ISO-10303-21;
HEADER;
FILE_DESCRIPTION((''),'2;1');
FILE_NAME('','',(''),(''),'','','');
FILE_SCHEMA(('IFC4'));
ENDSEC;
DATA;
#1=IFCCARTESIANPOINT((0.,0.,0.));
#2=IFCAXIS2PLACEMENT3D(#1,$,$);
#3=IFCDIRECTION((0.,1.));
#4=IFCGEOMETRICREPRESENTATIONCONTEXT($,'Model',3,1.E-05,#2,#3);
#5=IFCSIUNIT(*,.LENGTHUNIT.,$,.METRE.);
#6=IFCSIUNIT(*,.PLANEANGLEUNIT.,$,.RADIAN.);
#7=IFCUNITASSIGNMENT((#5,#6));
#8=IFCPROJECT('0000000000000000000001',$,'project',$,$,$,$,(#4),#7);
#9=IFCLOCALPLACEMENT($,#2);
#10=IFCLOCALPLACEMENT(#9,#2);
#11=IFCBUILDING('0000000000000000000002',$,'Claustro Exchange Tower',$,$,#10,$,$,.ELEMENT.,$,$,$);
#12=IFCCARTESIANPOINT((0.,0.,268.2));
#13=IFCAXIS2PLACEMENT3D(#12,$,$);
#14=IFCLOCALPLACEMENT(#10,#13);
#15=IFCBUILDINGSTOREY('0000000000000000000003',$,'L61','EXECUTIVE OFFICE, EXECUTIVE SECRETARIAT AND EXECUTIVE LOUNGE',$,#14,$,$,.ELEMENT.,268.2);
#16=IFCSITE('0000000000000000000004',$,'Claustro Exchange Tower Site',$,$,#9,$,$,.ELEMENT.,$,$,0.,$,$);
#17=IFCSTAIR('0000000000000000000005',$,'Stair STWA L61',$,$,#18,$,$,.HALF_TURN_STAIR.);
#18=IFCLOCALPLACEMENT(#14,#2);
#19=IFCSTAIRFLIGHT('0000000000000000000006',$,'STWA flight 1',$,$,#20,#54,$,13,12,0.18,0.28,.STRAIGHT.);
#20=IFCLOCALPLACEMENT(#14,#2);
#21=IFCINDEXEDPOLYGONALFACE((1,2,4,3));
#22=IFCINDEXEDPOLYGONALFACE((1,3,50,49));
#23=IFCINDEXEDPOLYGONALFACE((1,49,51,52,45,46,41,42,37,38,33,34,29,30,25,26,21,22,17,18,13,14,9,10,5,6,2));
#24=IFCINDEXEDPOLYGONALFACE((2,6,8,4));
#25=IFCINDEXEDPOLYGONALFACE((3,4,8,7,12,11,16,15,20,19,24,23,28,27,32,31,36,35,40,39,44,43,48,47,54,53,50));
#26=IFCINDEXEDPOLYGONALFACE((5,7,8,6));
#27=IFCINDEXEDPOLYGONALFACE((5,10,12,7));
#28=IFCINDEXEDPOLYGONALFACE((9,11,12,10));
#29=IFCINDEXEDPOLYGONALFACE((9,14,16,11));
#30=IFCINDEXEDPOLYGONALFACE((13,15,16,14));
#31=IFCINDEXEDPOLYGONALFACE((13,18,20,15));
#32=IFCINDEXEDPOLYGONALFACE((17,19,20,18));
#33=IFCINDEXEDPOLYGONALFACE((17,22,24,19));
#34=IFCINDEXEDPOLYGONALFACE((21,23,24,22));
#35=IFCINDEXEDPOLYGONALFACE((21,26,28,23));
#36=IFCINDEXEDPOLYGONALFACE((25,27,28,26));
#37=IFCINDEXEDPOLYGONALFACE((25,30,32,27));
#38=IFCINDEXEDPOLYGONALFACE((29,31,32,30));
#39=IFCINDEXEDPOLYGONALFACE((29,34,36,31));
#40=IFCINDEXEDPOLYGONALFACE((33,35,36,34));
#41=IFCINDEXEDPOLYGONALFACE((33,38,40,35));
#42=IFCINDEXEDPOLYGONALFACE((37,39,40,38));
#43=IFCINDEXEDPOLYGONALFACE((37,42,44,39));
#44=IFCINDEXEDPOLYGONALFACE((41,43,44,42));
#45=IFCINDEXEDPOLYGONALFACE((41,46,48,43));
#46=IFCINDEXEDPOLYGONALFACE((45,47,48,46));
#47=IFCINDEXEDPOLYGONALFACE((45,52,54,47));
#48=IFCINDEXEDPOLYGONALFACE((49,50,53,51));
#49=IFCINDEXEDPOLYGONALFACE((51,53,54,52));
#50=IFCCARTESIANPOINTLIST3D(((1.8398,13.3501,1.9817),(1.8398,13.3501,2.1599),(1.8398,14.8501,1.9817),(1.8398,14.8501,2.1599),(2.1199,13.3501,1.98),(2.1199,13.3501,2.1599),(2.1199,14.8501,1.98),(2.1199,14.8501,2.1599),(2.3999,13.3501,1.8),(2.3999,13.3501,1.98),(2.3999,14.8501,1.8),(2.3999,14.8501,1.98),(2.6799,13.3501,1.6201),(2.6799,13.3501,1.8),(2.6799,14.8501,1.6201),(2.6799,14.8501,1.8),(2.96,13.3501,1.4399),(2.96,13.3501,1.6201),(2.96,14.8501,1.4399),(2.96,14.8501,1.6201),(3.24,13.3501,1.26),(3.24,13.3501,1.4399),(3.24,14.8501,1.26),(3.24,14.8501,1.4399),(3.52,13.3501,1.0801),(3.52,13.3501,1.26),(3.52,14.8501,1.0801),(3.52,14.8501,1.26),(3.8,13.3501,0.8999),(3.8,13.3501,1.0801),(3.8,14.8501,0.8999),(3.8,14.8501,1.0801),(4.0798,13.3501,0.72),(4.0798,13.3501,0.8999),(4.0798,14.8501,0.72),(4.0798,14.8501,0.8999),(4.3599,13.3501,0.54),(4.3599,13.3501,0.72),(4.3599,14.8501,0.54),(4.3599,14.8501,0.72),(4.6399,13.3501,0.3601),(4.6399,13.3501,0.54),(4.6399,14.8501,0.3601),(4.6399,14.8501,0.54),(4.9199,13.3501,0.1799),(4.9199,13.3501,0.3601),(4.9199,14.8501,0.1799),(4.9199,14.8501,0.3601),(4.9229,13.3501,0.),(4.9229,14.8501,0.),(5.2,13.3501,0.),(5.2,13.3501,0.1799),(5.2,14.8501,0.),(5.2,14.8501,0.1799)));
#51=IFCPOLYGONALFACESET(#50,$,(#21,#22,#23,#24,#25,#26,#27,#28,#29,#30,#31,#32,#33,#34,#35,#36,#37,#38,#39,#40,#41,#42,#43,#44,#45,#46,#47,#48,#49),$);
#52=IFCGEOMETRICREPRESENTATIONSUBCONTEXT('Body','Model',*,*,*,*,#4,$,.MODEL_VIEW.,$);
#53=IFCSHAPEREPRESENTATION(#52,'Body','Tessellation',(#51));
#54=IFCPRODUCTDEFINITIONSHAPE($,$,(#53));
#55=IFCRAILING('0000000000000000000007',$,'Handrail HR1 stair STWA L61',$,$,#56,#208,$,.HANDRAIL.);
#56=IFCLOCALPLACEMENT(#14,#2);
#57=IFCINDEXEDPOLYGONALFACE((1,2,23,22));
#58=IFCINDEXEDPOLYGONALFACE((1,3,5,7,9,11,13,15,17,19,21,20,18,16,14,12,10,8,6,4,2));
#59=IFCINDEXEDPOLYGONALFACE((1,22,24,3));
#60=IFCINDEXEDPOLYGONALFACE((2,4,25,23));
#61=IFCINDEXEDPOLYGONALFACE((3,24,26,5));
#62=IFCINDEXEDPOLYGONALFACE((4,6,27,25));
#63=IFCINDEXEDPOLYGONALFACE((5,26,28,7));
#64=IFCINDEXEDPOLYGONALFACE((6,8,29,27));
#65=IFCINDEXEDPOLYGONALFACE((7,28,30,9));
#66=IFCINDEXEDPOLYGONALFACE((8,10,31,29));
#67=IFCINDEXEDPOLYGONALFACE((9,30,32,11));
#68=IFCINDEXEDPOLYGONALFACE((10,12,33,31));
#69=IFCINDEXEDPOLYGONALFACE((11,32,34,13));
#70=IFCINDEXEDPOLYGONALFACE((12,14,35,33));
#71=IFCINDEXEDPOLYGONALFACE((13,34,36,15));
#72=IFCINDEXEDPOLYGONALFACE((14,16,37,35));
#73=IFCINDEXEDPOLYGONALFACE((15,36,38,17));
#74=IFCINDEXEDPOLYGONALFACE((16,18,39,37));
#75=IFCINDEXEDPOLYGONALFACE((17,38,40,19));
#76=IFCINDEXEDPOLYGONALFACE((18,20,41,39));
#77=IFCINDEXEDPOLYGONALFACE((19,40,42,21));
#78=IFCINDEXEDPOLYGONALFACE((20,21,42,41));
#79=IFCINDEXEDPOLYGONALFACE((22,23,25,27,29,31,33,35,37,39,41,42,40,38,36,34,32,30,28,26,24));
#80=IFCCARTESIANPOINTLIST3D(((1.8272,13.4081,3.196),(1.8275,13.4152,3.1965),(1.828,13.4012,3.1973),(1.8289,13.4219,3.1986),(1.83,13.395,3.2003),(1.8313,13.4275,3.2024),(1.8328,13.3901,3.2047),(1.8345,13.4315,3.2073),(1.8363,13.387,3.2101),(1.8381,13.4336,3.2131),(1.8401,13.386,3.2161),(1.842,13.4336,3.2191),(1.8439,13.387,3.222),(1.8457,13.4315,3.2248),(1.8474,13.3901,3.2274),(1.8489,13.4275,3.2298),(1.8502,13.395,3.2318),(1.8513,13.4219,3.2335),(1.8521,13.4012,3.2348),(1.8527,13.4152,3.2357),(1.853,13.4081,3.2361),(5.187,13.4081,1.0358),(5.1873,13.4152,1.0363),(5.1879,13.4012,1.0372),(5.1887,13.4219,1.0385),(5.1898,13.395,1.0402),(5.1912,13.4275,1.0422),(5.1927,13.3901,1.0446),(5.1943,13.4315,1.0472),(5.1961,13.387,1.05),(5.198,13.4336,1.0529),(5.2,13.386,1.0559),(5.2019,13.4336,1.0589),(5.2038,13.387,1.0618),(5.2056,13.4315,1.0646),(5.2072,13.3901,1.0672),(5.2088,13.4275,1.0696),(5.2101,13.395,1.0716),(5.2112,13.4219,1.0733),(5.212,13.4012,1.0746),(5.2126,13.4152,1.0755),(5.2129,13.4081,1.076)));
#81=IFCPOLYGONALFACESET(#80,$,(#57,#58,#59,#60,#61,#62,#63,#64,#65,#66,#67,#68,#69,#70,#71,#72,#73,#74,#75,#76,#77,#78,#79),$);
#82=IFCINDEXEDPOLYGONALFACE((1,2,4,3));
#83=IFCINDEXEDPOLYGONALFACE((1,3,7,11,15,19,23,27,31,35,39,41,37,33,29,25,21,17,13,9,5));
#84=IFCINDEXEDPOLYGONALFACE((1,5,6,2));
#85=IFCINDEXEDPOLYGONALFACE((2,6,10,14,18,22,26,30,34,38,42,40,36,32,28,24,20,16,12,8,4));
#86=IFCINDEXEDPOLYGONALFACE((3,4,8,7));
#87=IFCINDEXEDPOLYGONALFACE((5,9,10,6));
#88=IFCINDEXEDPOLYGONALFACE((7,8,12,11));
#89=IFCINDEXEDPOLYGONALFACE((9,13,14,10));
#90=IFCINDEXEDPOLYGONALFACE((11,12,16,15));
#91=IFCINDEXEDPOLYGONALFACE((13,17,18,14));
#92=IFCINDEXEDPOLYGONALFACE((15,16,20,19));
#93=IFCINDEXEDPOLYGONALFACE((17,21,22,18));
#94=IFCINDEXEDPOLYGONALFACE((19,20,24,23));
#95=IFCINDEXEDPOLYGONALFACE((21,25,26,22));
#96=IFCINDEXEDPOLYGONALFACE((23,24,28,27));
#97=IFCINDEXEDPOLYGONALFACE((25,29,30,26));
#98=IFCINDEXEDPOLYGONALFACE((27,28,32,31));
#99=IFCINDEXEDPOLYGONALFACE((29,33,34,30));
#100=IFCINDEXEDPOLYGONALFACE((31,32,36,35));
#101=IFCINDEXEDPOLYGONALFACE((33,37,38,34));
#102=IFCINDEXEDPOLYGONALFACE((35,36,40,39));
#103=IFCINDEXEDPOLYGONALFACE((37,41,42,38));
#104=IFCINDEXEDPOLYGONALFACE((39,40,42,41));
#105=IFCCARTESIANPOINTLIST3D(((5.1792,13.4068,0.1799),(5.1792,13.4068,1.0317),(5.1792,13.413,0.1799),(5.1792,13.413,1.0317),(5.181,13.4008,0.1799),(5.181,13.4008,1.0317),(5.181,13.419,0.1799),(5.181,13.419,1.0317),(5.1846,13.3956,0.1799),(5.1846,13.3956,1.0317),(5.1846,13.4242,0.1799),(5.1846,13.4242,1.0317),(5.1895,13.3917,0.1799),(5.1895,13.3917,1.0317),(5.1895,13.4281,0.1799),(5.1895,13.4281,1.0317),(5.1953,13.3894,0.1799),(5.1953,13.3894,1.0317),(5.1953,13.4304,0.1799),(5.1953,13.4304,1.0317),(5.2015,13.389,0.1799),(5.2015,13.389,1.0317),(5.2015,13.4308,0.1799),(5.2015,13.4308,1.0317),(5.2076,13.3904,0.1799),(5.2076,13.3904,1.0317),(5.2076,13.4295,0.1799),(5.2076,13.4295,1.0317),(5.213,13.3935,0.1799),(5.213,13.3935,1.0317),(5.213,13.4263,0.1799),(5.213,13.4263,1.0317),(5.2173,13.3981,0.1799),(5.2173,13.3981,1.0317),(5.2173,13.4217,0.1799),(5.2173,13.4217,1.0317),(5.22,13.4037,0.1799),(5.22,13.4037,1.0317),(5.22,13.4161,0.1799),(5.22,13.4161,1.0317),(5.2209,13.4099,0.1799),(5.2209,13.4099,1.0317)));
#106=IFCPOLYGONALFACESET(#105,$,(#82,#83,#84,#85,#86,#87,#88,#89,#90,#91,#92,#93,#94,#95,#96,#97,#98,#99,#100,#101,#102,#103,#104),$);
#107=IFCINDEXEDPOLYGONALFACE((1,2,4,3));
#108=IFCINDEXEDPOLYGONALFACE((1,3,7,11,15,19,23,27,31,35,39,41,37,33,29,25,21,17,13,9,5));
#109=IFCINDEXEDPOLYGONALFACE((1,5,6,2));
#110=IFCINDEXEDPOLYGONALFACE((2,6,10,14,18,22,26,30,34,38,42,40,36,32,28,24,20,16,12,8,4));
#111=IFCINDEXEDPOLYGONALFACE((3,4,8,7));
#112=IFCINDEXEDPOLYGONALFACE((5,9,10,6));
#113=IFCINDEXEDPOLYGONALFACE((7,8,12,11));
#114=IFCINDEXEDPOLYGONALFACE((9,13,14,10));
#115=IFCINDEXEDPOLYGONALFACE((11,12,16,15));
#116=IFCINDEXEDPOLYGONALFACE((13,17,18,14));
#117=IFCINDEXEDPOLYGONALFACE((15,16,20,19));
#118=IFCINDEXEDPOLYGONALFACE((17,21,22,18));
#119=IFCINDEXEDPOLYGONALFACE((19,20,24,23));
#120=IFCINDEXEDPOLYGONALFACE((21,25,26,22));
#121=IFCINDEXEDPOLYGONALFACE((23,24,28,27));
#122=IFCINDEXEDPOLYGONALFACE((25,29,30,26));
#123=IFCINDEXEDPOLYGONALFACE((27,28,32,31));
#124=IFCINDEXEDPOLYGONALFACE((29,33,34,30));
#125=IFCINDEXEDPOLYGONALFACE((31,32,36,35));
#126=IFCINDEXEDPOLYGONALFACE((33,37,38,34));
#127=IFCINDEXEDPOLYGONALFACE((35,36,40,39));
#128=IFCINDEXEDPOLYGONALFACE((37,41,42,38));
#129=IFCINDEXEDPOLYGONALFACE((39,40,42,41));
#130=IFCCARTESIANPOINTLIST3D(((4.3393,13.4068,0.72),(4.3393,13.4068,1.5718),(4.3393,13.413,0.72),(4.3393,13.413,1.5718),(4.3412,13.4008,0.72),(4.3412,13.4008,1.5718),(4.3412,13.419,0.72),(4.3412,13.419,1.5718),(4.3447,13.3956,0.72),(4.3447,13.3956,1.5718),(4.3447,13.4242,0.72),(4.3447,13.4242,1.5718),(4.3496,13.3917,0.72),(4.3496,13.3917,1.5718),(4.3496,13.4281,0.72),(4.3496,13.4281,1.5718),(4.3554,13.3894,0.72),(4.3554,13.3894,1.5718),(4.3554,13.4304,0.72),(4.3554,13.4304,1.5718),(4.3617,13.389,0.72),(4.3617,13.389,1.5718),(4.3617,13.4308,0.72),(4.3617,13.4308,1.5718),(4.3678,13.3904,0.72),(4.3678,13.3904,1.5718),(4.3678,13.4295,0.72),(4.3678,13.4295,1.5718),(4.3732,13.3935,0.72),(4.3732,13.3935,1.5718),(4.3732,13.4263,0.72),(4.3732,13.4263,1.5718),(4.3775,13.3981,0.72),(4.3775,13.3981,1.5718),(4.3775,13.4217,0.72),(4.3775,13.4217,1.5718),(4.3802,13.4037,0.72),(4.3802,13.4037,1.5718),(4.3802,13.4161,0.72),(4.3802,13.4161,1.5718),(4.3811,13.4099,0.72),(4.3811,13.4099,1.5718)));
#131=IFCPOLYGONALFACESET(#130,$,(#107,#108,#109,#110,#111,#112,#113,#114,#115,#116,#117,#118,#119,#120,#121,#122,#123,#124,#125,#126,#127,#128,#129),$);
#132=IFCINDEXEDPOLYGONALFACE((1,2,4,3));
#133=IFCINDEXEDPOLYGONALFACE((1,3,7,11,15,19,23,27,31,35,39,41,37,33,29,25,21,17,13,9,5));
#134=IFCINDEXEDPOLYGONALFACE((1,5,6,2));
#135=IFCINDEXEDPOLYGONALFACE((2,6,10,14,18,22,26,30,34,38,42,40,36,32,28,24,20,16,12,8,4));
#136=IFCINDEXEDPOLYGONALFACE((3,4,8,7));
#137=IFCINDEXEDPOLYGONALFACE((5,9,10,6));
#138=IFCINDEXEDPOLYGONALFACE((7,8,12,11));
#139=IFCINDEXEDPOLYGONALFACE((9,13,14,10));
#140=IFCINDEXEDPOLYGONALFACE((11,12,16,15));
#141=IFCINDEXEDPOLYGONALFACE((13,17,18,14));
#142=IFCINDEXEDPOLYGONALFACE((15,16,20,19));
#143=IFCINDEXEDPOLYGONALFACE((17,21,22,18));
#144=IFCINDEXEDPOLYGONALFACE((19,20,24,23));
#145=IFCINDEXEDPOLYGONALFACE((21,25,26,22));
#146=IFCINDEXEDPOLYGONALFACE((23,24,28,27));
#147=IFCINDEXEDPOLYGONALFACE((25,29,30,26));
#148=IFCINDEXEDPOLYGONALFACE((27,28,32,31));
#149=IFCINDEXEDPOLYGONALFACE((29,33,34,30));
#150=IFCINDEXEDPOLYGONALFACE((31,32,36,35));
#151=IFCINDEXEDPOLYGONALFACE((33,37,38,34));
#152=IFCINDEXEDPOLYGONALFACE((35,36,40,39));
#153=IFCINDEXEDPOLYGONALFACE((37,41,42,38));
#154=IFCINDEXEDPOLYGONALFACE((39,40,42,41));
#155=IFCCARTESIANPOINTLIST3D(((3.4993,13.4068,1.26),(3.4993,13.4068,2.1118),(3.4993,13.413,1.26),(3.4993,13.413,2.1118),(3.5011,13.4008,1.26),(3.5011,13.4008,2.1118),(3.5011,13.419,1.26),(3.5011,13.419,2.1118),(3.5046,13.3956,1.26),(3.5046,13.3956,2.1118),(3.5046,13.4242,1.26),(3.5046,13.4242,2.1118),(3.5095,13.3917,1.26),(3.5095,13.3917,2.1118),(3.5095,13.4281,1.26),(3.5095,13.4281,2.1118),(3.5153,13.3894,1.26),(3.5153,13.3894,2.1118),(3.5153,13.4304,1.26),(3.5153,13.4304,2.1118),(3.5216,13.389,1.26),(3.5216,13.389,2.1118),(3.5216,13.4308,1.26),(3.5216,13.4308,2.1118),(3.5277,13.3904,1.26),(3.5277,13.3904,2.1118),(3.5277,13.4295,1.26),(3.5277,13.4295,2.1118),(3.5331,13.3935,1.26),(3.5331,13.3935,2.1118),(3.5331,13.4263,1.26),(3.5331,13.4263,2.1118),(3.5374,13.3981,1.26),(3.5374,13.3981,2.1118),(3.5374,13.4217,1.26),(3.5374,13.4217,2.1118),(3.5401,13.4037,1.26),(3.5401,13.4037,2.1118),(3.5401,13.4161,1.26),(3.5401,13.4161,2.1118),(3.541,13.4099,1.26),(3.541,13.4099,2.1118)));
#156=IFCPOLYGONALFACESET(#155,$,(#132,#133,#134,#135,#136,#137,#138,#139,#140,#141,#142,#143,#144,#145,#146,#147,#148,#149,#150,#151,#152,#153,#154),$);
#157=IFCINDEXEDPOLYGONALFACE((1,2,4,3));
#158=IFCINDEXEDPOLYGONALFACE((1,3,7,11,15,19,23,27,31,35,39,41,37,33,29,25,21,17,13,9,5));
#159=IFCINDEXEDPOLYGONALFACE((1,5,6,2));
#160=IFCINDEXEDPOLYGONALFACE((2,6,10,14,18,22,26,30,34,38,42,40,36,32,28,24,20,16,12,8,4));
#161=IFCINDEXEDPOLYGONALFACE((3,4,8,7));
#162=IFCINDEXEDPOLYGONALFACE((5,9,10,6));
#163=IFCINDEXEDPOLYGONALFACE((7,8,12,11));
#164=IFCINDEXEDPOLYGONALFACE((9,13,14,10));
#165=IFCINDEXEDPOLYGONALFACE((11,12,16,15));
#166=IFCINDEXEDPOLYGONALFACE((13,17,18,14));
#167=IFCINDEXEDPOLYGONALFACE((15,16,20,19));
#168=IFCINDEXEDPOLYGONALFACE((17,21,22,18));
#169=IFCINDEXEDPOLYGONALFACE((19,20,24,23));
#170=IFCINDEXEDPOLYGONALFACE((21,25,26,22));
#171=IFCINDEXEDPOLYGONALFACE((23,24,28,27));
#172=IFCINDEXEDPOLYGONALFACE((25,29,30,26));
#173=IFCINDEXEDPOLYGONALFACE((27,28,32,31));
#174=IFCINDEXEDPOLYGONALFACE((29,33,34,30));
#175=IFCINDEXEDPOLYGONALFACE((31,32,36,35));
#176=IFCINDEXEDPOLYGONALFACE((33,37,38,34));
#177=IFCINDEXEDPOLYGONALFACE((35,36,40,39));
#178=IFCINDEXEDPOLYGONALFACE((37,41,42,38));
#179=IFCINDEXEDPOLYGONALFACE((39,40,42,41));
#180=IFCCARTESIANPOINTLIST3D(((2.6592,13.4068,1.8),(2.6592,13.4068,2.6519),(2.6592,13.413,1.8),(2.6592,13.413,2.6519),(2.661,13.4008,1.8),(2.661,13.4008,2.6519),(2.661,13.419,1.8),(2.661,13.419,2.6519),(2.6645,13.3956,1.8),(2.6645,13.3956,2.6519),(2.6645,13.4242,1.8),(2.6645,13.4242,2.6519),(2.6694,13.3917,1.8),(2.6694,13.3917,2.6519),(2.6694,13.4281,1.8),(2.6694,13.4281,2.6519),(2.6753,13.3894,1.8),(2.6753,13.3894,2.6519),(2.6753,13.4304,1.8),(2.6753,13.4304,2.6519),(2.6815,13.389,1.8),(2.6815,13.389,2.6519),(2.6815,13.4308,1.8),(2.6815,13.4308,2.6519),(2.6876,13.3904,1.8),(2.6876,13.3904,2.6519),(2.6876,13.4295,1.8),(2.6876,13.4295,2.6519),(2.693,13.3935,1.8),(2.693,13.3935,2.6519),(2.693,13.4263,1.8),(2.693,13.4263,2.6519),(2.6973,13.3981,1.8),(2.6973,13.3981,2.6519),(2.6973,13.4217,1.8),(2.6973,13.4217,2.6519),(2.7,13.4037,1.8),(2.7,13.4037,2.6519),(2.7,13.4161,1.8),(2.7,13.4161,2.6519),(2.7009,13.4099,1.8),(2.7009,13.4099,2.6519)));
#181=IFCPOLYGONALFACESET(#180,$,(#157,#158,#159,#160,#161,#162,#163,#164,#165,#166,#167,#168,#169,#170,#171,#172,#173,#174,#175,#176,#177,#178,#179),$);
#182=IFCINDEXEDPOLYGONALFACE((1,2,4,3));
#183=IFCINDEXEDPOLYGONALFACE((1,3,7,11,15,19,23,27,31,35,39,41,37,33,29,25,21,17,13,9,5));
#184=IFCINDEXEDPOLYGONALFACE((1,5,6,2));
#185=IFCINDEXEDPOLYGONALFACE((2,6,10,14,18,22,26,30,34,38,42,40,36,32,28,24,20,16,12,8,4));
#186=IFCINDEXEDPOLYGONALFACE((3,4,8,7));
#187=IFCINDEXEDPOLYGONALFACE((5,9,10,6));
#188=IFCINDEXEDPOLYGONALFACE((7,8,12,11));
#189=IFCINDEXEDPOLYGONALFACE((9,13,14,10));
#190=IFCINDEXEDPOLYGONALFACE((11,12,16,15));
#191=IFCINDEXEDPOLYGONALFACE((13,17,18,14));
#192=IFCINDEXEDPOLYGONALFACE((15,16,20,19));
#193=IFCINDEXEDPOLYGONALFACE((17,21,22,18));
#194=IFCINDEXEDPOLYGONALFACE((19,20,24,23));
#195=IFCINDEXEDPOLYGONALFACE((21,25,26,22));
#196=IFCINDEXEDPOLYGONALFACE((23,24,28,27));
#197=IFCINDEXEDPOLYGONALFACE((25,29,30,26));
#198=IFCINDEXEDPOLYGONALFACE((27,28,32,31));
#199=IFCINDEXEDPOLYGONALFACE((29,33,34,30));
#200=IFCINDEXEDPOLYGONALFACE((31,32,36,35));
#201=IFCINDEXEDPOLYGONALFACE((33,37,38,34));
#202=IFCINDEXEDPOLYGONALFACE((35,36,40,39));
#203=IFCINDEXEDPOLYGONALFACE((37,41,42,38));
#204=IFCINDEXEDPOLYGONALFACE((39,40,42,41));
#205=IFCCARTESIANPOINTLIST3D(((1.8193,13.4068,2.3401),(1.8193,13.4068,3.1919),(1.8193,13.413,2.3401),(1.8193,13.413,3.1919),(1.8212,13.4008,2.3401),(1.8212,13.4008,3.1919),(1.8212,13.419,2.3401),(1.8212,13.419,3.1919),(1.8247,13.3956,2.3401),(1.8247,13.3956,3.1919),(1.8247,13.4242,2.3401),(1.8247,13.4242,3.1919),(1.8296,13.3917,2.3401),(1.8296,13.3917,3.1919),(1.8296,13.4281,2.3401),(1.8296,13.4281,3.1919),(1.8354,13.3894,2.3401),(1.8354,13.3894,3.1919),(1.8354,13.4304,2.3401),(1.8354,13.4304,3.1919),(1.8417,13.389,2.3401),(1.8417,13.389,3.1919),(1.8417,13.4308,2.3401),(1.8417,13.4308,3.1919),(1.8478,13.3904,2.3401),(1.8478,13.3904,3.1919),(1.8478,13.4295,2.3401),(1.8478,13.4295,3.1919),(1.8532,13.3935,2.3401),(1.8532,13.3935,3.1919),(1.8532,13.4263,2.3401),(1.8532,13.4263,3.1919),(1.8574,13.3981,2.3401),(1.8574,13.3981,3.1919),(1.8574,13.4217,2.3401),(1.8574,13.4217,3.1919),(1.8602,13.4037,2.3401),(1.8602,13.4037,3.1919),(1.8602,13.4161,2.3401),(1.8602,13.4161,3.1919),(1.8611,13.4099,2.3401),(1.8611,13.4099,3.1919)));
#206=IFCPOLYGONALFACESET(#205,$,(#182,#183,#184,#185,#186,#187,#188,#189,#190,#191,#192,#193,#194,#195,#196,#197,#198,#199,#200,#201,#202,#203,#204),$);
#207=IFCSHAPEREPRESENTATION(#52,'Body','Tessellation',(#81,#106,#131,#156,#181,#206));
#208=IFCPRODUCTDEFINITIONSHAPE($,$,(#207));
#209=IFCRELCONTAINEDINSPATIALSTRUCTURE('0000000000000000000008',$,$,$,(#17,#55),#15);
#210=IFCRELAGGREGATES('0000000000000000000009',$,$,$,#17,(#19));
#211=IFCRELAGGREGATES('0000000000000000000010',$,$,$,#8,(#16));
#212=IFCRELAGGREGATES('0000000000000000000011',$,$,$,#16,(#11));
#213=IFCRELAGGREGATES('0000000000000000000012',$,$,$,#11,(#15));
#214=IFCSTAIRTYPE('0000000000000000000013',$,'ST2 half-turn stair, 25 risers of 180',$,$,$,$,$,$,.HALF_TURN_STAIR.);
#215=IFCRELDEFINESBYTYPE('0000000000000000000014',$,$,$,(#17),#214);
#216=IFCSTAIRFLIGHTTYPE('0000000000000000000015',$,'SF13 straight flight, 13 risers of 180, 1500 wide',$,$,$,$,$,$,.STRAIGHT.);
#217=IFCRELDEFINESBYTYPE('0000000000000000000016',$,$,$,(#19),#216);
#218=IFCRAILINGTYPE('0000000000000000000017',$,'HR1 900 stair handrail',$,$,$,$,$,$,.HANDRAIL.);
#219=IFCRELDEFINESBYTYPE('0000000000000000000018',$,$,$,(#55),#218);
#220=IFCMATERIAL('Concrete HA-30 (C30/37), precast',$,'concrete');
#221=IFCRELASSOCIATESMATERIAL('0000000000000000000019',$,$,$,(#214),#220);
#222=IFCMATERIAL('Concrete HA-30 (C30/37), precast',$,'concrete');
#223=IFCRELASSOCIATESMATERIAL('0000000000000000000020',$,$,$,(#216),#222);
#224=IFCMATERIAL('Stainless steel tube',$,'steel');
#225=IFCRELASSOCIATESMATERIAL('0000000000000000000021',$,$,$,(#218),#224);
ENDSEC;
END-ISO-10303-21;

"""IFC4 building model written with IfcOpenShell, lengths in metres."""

from ifc_helpers import new_model, si_unit, direction, frame, origin, origin_2d, place, context, subcontext, project, spatial, polyline, circle, outline, extrude, material, type_object, element, aggregate, save


model = new_model("IFC4")

# Units and contexts
model_context = context("Model", 3, precision=1e-05, world=origin(), true_north=direction((0.0, 1.0)))
body_context = subcontext(model_context, "Body", "Model", "MODEL_VIEW")
ifc_project = project(units=[si_unit("LENGTHUNIT", "METRE"), si_unit("PLANEANGLEUNIT", "RADIAN")], contexts=[model_context])

# Site, building, storey
site_placement = place(None, origin())
site = spatial("IfcSite", under=ifc_project, at=site_placement, Name="Claustro Exchange Tower Site", CompositionType="ELEMENT", RefElevation=0.0)
building_placement = place(site_placement, origin())
building = spatial("IfcBuilding", under=site, at=building_placement, Name="Claustro Exchange Tower", CompositionType="ELEMENT")
storey_placement = place(building_placement, frame((0.0, 0.0, 268.2)))
storey = spatial("IfcBuildingStorey", under=building, at=storey_placement, Name="L61", Description="EXECUTIVE OFFICE, EXECUTIVE SECRETARIAT AND EXECUTIVE LOUNGE", CompositionType="ELEMENT", Elevation=268.2)

# Stair, stair flight
ifc_material_1 = material(Name="Concrete HA-30 (C30/37), precast", Category="concrete")
stair_type = type_object("IfcStairType", Name="ST2 half-turn stair, 25 risers of 180", PredefinedType="HALF_TURN_STAIR", material=ifc_material_1)
stair_placement = place(storey_placement, origin())
stair = element("IfcStair", 1, at=stair_placement, inside=storey, type_object=stair_type, Name="Stair STWA L61", PredefinedType="HALF_TURN_STAIR")
ifc_material_2 = material(Name="Concrete HA-30 (C30/37), precast", Category="concrete")
stair_flight_type = type_object("IfcStairFlightType", Name="SF13 straight flight, 13 risers of 180, 1500 wide", PredefinedType="STRAIGHT", material=ifc_material_2)
stair_flight_placement = place(storey_placement, frame((5.2, 14.1001, 0.0), z_axis=(0.0, 0.0, 1.0), x_axis=(-1.0, 0.0, 0.0)))
stair_flight = element("IfcStairFlight", 2, at=stair_flight_placement, type_object=stair_flight_type, Name="STWA flight 1", NumberOfRisers=13, NumberOfTreads=12, PredefinedType="STRAIGHT", RiserHeight=0.18, TreadLength=0.28, context=body_context, shape_type="SweptSolid", body=[
    extrude(outline(polyline([(0.0, 0.0), (0.0, 0.1799), (0.28, 0.1799), (0.28, 0.3601), (0.5601, 0.3601), (0.5601, 0.54), (0.8401, 0.54), (0.8401, 0.72), (1.1201, 0.72), (1.1201, 0.8999), (1.3999, 0.8999), (1.3999, 1.0801), (1.6799, 1.0801), (1.6799, 1.26), (1.96, 1.26), (1.96, 1.4399), (2.24, 1.4399), (2.24, 1.6201), (2.52, 1.6201), (2.52, 1.8), (2.8, 1.8), (2.8, 1.98), (3.0801, 1.98), (3.0801, 2.1599), (3.3601, 2.1599), (3.3601, 2.3401), (3.3601, 1.9817), (0.2771, 0.0), (0.0, 0.0)])), frame((0.0, 0.75, 0.0), z_axis=(0.0, -1.0, 0.0), x_axis=(1.0, 0.0, 0.0)), (0.0, 0.0, 1.0), 1.5),
])
aggregate(stair, [stair_flight])

# Railing
ifc_material_3 = material(Name="Stainless steel tube", Category="steel")
railing_type_1 = type_object("IfcRailingType", Name="HR1 900 stair handrail", PredefinedType="HANDRAIL", material=ifc_material_3)
railing_1_placement = place(storey_placement, frame((5.2, 13.4099, 0.1799)))
element("IfcRailing", 3, at=railing_1_placement, inside=storey, type_object=railing_type_1, Name="Handrail HR1 stair STWA L61", PredefinedType="HANDRAIL", context=body_context, shape_type="SweptSolid", body=[
    extrude(circle(Radius=0.0239, at=origin_2d()), frame((0.0, 0.0, 0.876), z_axis=(-0.841151, 0.0, 0.540801), x_axis=(0.0, -1.0, 0.0)), (0.0, 0.0, 1.0), 3.9944),
    extrude(circle(Radius=0.021, at=origin_2d()), origin(), (0.0, 0.0, 1.0), 0.8518),
    extrude(circle(Radius=0.021, at=origin_2d()), frame((-0.8398, 0.0, 0.54)), (0.0, 0.0, 1.0), 0.8518),
    extrude(circle(Radius=0.021, at=origin_2d()), frame((-1.6799, 0.0, 1.0801)), (0.0, 0.0, 1.0), 0.8518),
    extrude(circle(Radius=0.021, at=origin_2d()), frame((-2.52, 0.0, 1.6201)), (0.0, 0.0, 1.0), 0.8518),
    extrude(circle(Radius=0.021, at=origin_2d()), frame((-3.3599, 0.0, 2.1602)), (0.0, 0.0, 1.0), 0.8518),
])

save(model, "model.ifc")
